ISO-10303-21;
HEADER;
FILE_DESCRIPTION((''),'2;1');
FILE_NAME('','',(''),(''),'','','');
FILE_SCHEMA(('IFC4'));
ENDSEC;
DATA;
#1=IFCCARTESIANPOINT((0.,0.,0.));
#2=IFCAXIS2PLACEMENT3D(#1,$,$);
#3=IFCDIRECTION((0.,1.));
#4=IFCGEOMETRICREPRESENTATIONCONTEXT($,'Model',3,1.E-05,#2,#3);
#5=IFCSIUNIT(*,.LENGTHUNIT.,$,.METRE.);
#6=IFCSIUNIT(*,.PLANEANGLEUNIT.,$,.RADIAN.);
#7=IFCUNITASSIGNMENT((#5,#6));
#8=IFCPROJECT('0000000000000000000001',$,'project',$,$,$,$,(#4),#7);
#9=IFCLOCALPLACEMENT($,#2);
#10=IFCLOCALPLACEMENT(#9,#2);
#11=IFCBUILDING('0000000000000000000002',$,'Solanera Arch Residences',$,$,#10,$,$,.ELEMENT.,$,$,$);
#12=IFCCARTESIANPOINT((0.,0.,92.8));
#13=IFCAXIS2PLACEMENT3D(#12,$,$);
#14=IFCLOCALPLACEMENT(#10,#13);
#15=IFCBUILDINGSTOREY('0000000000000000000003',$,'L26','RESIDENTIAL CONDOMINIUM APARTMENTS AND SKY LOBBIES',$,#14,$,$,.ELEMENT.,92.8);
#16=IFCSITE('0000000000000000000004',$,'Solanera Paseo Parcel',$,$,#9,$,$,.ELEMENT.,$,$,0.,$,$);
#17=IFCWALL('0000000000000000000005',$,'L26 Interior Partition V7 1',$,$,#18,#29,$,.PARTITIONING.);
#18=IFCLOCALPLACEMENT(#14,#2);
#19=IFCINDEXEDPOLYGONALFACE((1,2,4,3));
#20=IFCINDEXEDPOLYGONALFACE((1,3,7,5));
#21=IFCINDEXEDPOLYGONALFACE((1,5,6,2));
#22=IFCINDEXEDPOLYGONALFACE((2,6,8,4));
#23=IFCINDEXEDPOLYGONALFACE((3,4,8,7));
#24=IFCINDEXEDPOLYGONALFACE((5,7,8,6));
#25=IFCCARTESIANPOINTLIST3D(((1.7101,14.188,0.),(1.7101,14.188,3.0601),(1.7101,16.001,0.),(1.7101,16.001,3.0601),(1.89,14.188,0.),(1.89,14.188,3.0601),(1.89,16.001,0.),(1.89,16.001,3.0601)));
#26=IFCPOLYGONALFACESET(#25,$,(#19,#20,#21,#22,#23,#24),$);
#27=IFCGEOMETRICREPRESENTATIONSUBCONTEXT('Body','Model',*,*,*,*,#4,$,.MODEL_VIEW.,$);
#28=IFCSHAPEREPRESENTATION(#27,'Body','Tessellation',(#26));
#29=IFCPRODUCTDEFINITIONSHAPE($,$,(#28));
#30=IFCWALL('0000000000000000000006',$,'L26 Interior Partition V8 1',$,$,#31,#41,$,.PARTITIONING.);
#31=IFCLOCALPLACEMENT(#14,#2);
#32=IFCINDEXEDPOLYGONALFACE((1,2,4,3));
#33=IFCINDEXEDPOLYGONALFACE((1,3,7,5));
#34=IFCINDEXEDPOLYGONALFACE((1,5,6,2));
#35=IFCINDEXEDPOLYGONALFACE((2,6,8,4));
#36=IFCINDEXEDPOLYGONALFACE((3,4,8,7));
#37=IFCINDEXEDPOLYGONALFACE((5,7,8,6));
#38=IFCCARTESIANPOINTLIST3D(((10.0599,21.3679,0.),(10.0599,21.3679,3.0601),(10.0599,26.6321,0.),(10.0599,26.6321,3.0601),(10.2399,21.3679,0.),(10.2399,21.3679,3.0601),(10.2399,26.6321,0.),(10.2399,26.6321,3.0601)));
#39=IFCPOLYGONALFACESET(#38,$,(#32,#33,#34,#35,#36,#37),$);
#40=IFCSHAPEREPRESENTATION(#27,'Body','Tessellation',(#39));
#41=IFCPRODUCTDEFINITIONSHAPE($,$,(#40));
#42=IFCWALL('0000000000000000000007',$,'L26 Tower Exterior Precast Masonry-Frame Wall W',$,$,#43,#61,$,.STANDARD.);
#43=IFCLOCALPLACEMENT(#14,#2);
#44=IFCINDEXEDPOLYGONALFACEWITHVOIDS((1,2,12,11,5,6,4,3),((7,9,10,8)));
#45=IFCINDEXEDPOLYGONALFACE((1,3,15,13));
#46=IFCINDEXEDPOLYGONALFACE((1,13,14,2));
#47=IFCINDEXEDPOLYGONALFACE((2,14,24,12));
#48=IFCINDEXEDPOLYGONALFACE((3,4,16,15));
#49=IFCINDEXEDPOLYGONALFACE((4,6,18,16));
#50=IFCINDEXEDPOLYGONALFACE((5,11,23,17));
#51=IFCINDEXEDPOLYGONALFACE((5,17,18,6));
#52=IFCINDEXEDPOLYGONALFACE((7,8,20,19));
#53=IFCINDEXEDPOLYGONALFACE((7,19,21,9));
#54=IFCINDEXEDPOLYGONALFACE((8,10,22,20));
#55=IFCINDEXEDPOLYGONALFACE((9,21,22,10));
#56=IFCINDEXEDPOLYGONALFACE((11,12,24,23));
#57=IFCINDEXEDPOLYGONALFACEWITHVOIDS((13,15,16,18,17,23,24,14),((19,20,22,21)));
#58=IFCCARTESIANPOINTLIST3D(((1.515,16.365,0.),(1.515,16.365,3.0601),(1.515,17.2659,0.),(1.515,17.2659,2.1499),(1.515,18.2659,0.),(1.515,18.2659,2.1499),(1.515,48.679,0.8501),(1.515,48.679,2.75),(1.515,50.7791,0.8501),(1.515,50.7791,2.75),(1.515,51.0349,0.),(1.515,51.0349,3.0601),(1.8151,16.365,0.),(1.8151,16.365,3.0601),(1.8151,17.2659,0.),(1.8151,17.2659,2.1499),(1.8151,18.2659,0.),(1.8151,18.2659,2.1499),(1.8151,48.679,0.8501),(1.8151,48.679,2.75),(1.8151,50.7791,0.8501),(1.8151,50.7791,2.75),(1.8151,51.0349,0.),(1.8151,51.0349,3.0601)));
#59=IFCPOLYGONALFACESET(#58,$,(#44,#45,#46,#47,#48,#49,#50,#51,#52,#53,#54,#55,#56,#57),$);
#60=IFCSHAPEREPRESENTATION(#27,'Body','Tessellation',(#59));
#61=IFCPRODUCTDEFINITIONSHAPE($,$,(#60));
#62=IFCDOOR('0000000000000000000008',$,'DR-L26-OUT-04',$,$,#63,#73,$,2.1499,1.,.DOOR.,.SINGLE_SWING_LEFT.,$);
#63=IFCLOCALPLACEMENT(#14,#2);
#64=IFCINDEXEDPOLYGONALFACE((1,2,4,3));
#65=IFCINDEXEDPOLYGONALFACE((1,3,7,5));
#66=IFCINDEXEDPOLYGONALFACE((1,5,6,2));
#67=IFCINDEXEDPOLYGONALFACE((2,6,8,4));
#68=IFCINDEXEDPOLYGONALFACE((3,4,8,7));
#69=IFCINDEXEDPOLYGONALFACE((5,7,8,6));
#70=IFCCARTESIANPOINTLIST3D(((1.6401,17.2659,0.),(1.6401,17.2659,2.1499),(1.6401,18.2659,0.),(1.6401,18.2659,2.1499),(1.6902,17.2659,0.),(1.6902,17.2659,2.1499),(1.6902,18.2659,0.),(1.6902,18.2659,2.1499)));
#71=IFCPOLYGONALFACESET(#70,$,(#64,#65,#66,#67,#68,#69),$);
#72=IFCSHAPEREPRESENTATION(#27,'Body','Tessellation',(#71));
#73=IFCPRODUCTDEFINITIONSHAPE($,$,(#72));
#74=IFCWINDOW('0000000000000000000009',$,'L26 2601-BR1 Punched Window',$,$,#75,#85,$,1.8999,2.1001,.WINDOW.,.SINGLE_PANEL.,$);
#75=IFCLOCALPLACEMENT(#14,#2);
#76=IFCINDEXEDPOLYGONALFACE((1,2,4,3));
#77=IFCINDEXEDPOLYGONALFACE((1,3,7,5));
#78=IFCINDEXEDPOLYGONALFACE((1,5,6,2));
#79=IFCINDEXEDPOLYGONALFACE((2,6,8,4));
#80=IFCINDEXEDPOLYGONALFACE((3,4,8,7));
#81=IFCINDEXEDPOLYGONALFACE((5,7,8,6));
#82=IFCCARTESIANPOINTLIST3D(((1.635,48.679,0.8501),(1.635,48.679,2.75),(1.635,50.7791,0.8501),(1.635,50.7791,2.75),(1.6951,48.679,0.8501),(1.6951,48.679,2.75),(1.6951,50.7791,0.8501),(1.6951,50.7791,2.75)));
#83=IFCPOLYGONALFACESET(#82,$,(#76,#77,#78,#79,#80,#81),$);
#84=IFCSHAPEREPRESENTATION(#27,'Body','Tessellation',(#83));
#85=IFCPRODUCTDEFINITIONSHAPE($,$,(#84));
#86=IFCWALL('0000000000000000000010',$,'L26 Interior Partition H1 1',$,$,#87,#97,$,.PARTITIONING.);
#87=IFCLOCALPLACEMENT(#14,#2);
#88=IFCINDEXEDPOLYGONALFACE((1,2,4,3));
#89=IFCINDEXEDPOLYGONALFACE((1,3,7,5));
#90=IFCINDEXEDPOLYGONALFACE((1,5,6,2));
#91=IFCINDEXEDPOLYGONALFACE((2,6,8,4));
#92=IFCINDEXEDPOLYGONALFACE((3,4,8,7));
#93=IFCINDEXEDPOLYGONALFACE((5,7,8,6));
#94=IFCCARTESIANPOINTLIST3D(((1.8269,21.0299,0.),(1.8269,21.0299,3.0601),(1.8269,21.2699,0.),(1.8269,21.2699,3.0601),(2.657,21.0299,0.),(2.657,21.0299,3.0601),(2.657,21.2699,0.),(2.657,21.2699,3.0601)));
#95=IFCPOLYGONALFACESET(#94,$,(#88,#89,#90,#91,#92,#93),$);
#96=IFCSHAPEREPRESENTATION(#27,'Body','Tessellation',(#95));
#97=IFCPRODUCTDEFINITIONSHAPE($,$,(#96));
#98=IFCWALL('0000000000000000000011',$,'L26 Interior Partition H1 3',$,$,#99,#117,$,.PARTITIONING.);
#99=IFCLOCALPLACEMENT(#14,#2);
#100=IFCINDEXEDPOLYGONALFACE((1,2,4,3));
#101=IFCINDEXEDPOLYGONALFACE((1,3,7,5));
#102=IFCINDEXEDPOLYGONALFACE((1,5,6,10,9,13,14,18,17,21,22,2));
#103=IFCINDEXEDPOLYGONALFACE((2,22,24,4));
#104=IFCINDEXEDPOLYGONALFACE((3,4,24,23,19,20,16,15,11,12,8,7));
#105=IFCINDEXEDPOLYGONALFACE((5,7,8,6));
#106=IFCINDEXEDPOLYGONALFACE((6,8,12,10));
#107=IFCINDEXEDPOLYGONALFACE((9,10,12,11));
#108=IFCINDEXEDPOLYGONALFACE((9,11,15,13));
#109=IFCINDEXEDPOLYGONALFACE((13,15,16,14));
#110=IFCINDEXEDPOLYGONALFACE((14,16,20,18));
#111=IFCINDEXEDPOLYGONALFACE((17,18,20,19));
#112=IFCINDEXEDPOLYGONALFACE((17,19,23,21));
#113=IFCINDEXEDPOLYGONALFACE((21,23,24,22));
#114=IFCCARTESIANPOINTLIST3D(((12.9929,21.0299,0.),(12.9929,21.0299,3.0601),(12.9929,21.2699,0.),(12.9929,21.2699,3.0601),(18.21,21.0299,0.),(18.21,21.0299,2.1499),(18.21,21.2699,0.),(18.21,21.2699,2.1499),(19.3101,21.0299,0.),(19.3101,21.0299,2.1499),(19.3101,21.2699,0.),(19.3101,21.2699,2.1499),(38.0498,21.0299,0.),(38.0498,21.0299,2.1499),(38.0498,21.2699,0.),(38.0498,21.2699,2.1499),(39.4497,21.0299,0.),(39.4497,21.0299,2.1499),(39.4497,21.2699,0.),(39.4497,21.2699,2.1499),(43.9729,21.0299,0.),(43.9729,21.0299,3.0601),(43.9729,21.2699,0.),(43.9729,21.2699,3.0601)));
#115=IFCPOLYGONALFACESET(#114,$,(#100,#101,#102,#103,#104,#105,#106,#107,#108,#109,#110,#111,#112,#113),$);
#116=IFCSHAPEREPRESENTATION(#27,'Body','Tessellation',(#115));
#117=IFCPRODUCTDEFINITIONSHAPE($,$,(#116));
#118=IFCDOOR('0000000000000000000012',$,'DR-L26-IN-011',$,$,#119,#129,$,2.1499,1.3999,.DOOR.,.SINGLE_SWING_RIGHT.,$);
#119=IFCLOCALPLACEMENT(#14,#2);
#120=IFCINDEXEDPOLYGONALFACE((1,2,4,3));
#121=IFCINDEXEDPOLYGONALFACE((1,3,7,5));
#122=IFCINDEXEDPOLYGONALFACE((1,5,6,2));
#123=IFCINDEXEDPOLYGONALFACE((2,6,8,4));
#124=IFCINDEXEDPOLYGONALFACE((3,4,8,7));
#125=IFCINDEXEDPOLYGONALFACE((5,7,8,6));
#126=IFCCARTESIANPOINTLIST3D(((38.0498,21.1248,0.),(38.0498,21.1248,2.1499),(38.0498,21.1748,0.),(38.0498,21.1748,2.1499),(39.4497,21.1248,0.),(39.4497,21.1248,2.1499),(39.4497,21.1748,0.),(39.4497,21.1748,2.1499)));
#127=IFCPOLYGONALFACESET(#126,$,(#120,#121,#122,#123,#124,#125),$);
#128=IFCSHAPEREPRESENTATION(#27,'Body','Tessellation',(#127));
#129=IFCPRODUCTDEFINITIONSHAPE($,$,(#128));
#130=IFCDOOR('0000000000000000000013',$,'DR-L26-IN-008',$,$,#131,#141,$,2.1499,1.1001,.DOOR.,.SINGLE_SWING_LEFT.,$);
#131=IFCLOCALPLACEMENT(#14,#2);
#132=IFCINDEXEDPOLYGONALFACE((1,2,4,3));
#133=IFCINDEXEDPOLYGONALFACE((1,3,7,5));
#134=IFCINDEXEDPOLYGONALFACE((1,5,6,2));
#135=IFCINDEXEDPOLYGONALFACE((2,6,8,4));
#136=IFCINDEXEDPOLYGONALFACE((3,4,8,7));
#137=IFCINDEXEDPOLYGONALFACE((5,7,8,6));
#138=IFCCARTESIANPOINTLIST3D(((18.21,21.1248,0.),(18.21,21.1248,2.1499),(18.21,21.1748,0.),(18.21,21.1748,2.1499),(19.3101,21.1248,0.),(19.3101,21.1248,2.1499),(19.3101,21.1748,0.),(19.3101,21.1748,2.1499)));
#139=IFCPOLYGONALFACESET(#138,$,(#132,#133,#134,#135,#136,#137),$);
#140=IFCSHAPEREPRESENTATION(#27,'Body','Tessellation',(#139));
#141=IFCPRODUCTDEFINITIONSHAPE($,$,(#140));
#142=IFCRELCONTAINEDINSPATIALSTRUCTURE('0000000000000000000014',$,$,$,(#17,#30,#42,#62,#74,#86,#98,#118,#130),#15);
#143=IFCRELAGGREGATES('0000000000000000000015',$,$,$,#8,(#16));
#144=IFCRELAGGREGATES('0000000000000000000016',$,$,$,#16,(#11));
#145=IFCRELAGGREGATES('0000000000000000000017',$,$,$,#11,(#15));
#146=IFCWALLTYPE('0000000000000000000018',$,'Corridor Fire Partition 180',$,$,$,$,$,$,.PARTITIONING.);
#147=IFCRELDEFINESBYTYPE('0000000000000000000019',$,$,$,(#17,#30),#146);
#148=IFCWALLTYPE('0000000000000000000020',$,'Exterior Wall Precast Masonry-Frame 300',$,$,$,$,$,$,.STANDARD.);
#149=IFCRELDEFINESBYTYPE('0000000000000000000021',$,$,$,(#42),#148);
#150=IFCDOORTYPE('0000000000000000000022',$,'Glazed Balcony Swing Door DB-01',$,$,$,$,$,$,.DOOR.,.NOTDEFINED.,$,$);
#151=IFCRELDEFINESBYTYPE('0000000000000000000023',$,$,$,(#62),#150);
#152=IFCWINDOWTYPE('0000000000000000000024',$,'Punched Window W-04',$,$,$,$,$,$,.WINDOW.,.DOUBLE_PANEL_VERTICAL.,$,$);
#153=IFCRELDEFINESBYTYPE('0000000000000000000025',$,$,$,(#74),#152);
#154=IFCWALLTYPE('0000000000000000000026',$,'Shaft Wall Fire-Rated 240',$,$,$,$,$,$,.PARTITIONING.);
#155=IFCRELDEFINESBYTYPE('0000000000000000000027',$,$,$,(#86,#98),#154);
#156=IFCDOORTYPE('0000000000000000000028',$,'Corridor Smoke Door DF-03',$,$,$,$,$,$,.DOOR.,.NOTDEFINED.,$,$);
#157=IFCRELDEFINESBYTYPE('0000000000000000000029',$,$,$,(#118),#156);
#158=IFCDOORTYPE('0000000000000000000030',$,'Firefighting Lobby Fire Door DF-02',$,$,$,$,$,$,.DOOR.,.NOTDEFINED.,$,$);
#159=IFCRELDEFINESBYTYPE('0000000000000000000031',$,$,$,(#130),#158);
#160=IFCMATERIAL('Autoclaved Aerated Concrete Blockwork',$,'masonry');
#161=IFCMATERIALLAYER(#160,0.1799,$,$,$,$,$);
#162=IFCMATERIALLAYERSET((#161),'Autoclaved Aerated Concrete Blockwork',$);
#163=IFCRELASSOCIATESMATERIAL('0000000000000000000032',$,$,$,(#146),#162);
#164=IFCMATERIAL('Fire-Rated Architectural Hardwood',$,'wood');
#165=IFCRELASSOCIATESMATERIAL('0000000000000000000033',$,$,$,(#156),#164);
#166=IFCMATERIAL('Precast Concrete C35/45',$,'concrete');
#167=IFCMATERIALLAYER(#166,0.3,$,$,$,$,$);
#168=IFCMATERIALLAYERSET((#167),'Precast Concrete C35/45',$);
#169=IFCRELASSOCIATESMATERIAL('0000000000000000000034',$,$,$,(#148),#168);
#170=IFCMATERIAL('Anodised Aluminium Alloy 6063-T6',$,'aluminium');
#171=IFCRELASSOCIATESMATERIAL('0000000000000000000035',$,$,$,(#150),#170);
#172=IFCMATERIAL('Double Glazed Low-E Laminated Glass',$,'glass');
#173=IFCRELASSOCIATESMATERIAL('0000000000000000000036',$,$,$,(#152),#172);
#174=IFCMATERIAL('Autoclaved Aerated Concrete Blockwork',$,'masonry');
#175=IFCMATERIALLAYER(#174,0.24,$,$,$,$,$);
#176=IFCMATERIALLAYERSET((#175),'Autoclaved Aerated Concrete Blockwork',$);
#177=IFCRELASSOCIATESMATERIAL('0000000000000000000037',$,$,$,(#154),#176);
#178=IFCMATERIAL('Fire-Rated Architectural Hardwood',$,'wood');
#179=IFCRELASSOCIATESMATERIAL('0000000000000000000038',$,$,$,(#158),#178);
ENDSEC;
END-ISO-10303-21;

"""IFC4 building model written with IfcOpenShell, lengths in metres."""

from ifc_helpers import new_model, si_unit, direction, frame, frame_2d, origin, place, context, subcontext, project, spatial, rectangle, extrude, material, layer, layer_set, type_object, element, fill, save


model = new_model("IFC4")

# Units and contexts
model_context = context("Model", 3, precision=1e-05, world=origin(), true_north=direction((0.0, 1.0)))
body_context = subcontext(model_context, "Body", "Model", "MODEL_VIEW")
ifc_project = project(units=[si_unit("LENGTHUNIT", "METRE"), si_unit("PLANEANGLEUNIT", "RADIAN")], contexts=[model_context])

# Site, building, storey
site_placement = place(None, origin())
site = spatial("IfcSite", under=ifc_project, at=site_placement, Name="Solanera Paseo Parcel", CompositionType="ELEMENT", RefElevation=0.0)
building_placement = place(site_placement, origin())
building = spatial("IfcBuilding", under=site, at=building_placement, Name="Solanera Arch Residences", CompositionType="ELEMENT")
storey_placement = place(building_placement, frame((0.0, 0.0, 92.8)))
storey = spatial("IfcBuildingStorey", under=building, at=storey_placement, Name="L26", Description="RESIDENTIAL CONDOMINIUM APARTMENTS AND SKY LOBBIES", CompositionType="ELEMENT", Elevation=92.8)

# Shared definitions
ifc_material_1 = material(Name="Autoclaved Aerated Concrete Blockwork", Category="masonry")
ifc_layer_1 = layer(ifc_material_1, 0.1799)
ifc_layer_set_1 = layer_set([ifc_layer_1], Name="Autoclaved Aerated Concrete Blockwork")
wall_type_1 = type_object("IfcWallType", Name="Corridor Fire Partition 180", PredefinedType="PARTITIONING", material=ifc_layer_set_1)

# Shared definitions
ifc_material_2 = material(Name="Fire-Rated Architectural Hardwood", Category="wood")
door_type_1 = type_object("IfcDoorType", Name="Corridor Smoke Door DF-03", OperationType="NOTDEFINED", PredefinedType="DOOR", material=ifc_material_2)

# Walls
wall_1_placement = place(storey_placement, frame((1.8, 14.188, 0.0), z_axis=(0.0, 0.0, 1.0), x_axis=(0.0, 1.0, 0.0)))
element("IfcWall", 1, at=wall_1_placement, inside=storey, type_object=wall_type_1, Name="L26 Interior Partition V7 1", PredefinedType="PARTITIONING", context=body_context, shape_type="SweptSolid", body=[
    extrude(rectangle(XDim=1.813, YDim=0.1799, at=frame_2d((0.9065, 0.0))), origin(), (0.0, 0.0, 1.0), 3.0601),
])
wall_2_placement = place(storey_placement, frame((10.1499, 21.3679, 0.0), z_axis=(0.0, 0.0, 1.0), x_axis=(0.0, 1.0, 0.0)))
element("IfcWall", 2, at=wall_2_placement, inside=storey, type_object=wall_type_1, Name="L26 Interior Partition V8 1", PredefinedType="PARTITIONING", context=body_context, shape_type="SweptSolid", body=[
    extrude(rectangle(XDim=5.2642, YDim=0.1799, at=frame_2d((2.6321, 0.0))), origin(), (0.0, 0.0, 1.0), 3.0601),
])

# Wall, openings, door, window
ifc_material_3 = material(Name="Precast Concrete C35/45", Category="concrete")
ifc_layer_2 = layer(ifc_material_3, 0.3)
ifc_layer_set_2 = layer_set([ifc_layer_2], Name="Precast Concrete C35/45")
wall_type_2 = type_object("IfcWallType", Name="Exterior Wall Precast Masonry-Frame 300", PredefinedType="STANDARD", material=ifc_layer_set_2)
wall_3_placement = place(storey_placement, frame((1.665, 16.365, 0.0), z_axis=(0.0, 0.0, 1.0), x_axis=(0.0, 1.0, 0.0)))
wall_3 = element("IfcWall", 3, at=wall_3_placement, inside=storey, type_object=wall_type_2, Name="L26 Tower Exterior Precast Masonry-Frame Wall W", PredefinedType="STANDARD", context=body_context, shape_type="SweptSolid", body=[
    extrude(rectangle(XDim=34.6699, YDim=0.3, at=frame_2d((17.335, 0.0))), origin(), (0.0, 0.0, 1.0), 3.0601),
])
opening_1_placement = place(wall_3_placement, frame((0.9009, 0.0, 0.0)))
opening_1 = element("IfcOpeningElement", 4, at=opening_1_placement, cuts=wall_3, PredefinedType="OPENING", context=body_context, shape_type="SweptSolid", body=[
    extrude(rectangle(XDim=1.0, YDim=2.1499, at=frame_2d((0.5, 1.075))), frame((0.0, 0.1599, 0.0), z_axis=(0.0, -1.0, 0.0), x_axis=(1.0, 0.0, 0.0)), (0.0, 0.0, 1.0), 0.32),
])
opening_2_placement = place(wall_3_placement, frame((32.314, 0.0, 0.8501)))
opening_2 = element("IfcOpeningElement", 5, at=opening_2_placement, cuts=wall_3, PredefinedType="OPENING", context=body_context, shape_type="SweptSolid", body=[
    extrude(rectangle(XDim=2.1001, YDim=1.8999, at=frame_2d((1.05, 0.95))), frame((0.0, 0.1599, 0.0), z_axis=(0.0, -1.0, 0.0), x_axis=(1.0, 0.0, 0.0)), (0.0, 0.0, 1.0), 0.32),
])
ifc_material_4 = material(Name="Anodised Aluminium Alloy 6063-T6", Category="aluminium")
door_type_2 = type_object("IfcDoorType", Name="Glazed Balcony Swing Door DB-01", OperationType="NOTDEFINED", PredefinedType="DOOR", material=ifc_material_4)
door_1_placement = place(opening_1_placement, origin())
door_1 = element("IfcDoor", 6, at=door_1_placement, inside=storey, type_object=door_type_2, Name="DR-L26-OUT-04", OperationType="SINGLE_SWING_LEFT", OverallHeight=2.1499, OverallWidth=1.0, PredefinedType="DOOR", context=body_context, shape_type="SweptSolid", body=[
    extrude(rectangle(XDim=1.0, YDim=2.1499, at=frame_2d((0.5, 1.075))), frame((0.0, 0.0249, 0.0), z_axis=(0.0, -1.0, 0.0), x_axis=(1.0, 0.0, 0.0)), (0.0, 0.0, 1.0), 0.05),
])
fill(opening_1, door_1)
ifc_material_5 = material(Name="Double Glazed Low-E Laminated Glass", Category="glass")
window_type = type_object("IfcWindowType", Name="Punched Window W-04", PartitioningType="DOUBLE_PANEL_VERTICAL", PredefinedType="WINDOW", material=ifc_material_5)
window_placement = place(opening_2_placement, origin())
window = element("IfcWindow", 7, at=window_placement, inside=storey, type_object=window_type, Name="L26 2601-BR1 Punched Window", OverallHeight=1.8999, OverallWidth=2.1001, PartitioningType="SINGLE_PANEL", PredefinedType="WINDOW", context=body_context, shape_type="SweptSolid", body=[
    extrude(rectangle(XDim=2.1001, YDim=1.8999, at=frame_2d((1.05, 0.95))), frame((0.0, 0.03, 0.0), z_axis=(0.0, -1.0, 0.0), x_axis=(1.0, 0.0, 0.0)), (0.0, 0.0, 1.0), 0.0601),
])
fill(opening_2, window)

# Wall
ifc_material_6 = material(Name="Autoclaved Aerated Concrete Blockwork", Category="masonry")
ifc_layer_3 = layer(ifc_material_6, 0.24)
ifc_layer_set_3 = layer_set([ifc_layer_3], Name="Autoclaved Aerated Concrete Blockwork")
wall_type_3 = type_object("IfcWallType", Name="Shaft Wall Fire-Rated 240", PredefinedType="PARTITIONING", material=ifc_layer_set_3)
wall_4_placement = place(storey_placement, frame((1.8269, 21.1499, 0.0), z_axis=(0.0, 0.0, 1.0), x_axis=(1.0, 0.0, 0.0)))
element("IfcWall", 8, at=wall_4_placement, inside=storey, type_object=wall_type_3, Name="L26 Interior Partition H1 1", PredefinedType="PARTITIONING", context=body_context, shape_type="SweptSolid", body=[
    extrude(rectangle(XDim=0.8301, YDim=0.24, at=frame_2d((0.415, 0.0))), origin(), (0.0, 0.0, 1.0), 3.0601),
])

# Wall, openings, doors
wall_5_placement = place(storey_placement, frame((12.9929, 21.1499, 0.0), z_axis=(0.0, 0.0, 1.0), x_axis=(1.0, 0.0, 0.0)))
wall_5 = element("IfcWall", 9, at=wall_5_placement, inside=storey, type_object=wall_type_3, Name="L26 Interior Partition H1 3", PredefinedType="PARTITIONING", context=body_context, shape_type="SweptSolid", body=[
    extrude(rectangle(XDim=30.98, YDim=0.24, at=frame_2d((15.49, 0.0))), origin(), (0.0, 0.0, 1.0), 3.0601),
])
opening_3_placement = place(wall_5_placement, frame((5.217, 0.0, 0.0)))
opening_3 = element("IfcOpeningElement", 10, at=opening_3_placement, cuts=wall_5, PredefinedType="OPENING", context=body_context, shape_type="SweptSolid", body=[
    extrude(rectangle(XDim=1.1001, YDim=2.1499, at=frame_2d((0.55, 1.075))), frame((0.0, 0.1299, 0.0), z_axis=(0.0, -1.0, 0.0), x_axis=(1.0, 0.0, 0.0)), (0.0, 0.0, 1.0), 0.26),
])
opening_4_placement = place(wall_5_placement, frame((25.0569, 0.0, 0.0)))
opening_4 = element("IfcOpeningElement", 11, at=opening_4_placement, cuts=wall_5, PredefinedType="OPENING", context=body_context, shape_type="SweptSolid", body=[
    extrude(rectangle(XDim=1.3999, YDim=2.1499, at=frame_2d((0.7, 1.075))), frame((0.0, 0.1299, 0.0), z_axis=(0.0, -1.0, 0.0), x_axis=(1.0, 0.0, 0.0)), (0.0, 0.0, 1.0), 0.26),
])
door_2_placement = place(opening_4_placement, origin())
door_2 = element("IfcDoor", 12, at=door_2_placement, inside=storey, type_object=door_type_1, Name="DR-L26-IN-011", OperationType="SINGLE_SWING_RIGHT", OverallHeight=2.1499, OverallWidth=1.3999, PredefinedType="DOOR", context=body_context, shape_type="SweptSolid", body=[
    extrude(rectangle(XDim=1.3999, YDim=2.1499, at=frame_2d((0.7, 1.075))), frame((0.0, 0.0249, 0.0), z_axis=(0.0, -1.0, 0.0), x_axis=(1.0, 0.0, 0.0)), (0.0, 0.0, 1.0), 0.05),
])
fill(opening_4, door_2)
ifc_material_7 = material(Name="Fire-Rated Architectural Hardwood", Category="wood")
door_type_3 = type_object("IfcDoorType", Name="Firefighting Lobby Fire Door DF-02", OperationType="NOTDEFINED", PredefinedType="DOOR", material=ifc_material_7)
door_3_placement = place(opening_3_placement, origin())
door_3 = element("IfcDoor", 13, at=door_3_placement, inside=storey, type_object=door_type_3, Name="DR-L26-IN-008", OperationType="SINGLE_SWING_LEFT", OverallHeight=2.1499, OverallWidth=1.1001, PredefinedType="DOOR", context=body_context, shape_type="SweptSolid", body=[
    extrude(rectangle(XDim=1.1001, YDim=2.1499, at=frame_2d((0.55, 1.075))), frame((0.0, 0.0249, 0.0), z_axis=(0.0, -1.0, 0.0), x_axis=(1.0, 0.0, 0.0)), (0.0, 0.0, 1.0), 0.05),
])
fill(opening_3, door_3)

save(model, "model.ifc")
